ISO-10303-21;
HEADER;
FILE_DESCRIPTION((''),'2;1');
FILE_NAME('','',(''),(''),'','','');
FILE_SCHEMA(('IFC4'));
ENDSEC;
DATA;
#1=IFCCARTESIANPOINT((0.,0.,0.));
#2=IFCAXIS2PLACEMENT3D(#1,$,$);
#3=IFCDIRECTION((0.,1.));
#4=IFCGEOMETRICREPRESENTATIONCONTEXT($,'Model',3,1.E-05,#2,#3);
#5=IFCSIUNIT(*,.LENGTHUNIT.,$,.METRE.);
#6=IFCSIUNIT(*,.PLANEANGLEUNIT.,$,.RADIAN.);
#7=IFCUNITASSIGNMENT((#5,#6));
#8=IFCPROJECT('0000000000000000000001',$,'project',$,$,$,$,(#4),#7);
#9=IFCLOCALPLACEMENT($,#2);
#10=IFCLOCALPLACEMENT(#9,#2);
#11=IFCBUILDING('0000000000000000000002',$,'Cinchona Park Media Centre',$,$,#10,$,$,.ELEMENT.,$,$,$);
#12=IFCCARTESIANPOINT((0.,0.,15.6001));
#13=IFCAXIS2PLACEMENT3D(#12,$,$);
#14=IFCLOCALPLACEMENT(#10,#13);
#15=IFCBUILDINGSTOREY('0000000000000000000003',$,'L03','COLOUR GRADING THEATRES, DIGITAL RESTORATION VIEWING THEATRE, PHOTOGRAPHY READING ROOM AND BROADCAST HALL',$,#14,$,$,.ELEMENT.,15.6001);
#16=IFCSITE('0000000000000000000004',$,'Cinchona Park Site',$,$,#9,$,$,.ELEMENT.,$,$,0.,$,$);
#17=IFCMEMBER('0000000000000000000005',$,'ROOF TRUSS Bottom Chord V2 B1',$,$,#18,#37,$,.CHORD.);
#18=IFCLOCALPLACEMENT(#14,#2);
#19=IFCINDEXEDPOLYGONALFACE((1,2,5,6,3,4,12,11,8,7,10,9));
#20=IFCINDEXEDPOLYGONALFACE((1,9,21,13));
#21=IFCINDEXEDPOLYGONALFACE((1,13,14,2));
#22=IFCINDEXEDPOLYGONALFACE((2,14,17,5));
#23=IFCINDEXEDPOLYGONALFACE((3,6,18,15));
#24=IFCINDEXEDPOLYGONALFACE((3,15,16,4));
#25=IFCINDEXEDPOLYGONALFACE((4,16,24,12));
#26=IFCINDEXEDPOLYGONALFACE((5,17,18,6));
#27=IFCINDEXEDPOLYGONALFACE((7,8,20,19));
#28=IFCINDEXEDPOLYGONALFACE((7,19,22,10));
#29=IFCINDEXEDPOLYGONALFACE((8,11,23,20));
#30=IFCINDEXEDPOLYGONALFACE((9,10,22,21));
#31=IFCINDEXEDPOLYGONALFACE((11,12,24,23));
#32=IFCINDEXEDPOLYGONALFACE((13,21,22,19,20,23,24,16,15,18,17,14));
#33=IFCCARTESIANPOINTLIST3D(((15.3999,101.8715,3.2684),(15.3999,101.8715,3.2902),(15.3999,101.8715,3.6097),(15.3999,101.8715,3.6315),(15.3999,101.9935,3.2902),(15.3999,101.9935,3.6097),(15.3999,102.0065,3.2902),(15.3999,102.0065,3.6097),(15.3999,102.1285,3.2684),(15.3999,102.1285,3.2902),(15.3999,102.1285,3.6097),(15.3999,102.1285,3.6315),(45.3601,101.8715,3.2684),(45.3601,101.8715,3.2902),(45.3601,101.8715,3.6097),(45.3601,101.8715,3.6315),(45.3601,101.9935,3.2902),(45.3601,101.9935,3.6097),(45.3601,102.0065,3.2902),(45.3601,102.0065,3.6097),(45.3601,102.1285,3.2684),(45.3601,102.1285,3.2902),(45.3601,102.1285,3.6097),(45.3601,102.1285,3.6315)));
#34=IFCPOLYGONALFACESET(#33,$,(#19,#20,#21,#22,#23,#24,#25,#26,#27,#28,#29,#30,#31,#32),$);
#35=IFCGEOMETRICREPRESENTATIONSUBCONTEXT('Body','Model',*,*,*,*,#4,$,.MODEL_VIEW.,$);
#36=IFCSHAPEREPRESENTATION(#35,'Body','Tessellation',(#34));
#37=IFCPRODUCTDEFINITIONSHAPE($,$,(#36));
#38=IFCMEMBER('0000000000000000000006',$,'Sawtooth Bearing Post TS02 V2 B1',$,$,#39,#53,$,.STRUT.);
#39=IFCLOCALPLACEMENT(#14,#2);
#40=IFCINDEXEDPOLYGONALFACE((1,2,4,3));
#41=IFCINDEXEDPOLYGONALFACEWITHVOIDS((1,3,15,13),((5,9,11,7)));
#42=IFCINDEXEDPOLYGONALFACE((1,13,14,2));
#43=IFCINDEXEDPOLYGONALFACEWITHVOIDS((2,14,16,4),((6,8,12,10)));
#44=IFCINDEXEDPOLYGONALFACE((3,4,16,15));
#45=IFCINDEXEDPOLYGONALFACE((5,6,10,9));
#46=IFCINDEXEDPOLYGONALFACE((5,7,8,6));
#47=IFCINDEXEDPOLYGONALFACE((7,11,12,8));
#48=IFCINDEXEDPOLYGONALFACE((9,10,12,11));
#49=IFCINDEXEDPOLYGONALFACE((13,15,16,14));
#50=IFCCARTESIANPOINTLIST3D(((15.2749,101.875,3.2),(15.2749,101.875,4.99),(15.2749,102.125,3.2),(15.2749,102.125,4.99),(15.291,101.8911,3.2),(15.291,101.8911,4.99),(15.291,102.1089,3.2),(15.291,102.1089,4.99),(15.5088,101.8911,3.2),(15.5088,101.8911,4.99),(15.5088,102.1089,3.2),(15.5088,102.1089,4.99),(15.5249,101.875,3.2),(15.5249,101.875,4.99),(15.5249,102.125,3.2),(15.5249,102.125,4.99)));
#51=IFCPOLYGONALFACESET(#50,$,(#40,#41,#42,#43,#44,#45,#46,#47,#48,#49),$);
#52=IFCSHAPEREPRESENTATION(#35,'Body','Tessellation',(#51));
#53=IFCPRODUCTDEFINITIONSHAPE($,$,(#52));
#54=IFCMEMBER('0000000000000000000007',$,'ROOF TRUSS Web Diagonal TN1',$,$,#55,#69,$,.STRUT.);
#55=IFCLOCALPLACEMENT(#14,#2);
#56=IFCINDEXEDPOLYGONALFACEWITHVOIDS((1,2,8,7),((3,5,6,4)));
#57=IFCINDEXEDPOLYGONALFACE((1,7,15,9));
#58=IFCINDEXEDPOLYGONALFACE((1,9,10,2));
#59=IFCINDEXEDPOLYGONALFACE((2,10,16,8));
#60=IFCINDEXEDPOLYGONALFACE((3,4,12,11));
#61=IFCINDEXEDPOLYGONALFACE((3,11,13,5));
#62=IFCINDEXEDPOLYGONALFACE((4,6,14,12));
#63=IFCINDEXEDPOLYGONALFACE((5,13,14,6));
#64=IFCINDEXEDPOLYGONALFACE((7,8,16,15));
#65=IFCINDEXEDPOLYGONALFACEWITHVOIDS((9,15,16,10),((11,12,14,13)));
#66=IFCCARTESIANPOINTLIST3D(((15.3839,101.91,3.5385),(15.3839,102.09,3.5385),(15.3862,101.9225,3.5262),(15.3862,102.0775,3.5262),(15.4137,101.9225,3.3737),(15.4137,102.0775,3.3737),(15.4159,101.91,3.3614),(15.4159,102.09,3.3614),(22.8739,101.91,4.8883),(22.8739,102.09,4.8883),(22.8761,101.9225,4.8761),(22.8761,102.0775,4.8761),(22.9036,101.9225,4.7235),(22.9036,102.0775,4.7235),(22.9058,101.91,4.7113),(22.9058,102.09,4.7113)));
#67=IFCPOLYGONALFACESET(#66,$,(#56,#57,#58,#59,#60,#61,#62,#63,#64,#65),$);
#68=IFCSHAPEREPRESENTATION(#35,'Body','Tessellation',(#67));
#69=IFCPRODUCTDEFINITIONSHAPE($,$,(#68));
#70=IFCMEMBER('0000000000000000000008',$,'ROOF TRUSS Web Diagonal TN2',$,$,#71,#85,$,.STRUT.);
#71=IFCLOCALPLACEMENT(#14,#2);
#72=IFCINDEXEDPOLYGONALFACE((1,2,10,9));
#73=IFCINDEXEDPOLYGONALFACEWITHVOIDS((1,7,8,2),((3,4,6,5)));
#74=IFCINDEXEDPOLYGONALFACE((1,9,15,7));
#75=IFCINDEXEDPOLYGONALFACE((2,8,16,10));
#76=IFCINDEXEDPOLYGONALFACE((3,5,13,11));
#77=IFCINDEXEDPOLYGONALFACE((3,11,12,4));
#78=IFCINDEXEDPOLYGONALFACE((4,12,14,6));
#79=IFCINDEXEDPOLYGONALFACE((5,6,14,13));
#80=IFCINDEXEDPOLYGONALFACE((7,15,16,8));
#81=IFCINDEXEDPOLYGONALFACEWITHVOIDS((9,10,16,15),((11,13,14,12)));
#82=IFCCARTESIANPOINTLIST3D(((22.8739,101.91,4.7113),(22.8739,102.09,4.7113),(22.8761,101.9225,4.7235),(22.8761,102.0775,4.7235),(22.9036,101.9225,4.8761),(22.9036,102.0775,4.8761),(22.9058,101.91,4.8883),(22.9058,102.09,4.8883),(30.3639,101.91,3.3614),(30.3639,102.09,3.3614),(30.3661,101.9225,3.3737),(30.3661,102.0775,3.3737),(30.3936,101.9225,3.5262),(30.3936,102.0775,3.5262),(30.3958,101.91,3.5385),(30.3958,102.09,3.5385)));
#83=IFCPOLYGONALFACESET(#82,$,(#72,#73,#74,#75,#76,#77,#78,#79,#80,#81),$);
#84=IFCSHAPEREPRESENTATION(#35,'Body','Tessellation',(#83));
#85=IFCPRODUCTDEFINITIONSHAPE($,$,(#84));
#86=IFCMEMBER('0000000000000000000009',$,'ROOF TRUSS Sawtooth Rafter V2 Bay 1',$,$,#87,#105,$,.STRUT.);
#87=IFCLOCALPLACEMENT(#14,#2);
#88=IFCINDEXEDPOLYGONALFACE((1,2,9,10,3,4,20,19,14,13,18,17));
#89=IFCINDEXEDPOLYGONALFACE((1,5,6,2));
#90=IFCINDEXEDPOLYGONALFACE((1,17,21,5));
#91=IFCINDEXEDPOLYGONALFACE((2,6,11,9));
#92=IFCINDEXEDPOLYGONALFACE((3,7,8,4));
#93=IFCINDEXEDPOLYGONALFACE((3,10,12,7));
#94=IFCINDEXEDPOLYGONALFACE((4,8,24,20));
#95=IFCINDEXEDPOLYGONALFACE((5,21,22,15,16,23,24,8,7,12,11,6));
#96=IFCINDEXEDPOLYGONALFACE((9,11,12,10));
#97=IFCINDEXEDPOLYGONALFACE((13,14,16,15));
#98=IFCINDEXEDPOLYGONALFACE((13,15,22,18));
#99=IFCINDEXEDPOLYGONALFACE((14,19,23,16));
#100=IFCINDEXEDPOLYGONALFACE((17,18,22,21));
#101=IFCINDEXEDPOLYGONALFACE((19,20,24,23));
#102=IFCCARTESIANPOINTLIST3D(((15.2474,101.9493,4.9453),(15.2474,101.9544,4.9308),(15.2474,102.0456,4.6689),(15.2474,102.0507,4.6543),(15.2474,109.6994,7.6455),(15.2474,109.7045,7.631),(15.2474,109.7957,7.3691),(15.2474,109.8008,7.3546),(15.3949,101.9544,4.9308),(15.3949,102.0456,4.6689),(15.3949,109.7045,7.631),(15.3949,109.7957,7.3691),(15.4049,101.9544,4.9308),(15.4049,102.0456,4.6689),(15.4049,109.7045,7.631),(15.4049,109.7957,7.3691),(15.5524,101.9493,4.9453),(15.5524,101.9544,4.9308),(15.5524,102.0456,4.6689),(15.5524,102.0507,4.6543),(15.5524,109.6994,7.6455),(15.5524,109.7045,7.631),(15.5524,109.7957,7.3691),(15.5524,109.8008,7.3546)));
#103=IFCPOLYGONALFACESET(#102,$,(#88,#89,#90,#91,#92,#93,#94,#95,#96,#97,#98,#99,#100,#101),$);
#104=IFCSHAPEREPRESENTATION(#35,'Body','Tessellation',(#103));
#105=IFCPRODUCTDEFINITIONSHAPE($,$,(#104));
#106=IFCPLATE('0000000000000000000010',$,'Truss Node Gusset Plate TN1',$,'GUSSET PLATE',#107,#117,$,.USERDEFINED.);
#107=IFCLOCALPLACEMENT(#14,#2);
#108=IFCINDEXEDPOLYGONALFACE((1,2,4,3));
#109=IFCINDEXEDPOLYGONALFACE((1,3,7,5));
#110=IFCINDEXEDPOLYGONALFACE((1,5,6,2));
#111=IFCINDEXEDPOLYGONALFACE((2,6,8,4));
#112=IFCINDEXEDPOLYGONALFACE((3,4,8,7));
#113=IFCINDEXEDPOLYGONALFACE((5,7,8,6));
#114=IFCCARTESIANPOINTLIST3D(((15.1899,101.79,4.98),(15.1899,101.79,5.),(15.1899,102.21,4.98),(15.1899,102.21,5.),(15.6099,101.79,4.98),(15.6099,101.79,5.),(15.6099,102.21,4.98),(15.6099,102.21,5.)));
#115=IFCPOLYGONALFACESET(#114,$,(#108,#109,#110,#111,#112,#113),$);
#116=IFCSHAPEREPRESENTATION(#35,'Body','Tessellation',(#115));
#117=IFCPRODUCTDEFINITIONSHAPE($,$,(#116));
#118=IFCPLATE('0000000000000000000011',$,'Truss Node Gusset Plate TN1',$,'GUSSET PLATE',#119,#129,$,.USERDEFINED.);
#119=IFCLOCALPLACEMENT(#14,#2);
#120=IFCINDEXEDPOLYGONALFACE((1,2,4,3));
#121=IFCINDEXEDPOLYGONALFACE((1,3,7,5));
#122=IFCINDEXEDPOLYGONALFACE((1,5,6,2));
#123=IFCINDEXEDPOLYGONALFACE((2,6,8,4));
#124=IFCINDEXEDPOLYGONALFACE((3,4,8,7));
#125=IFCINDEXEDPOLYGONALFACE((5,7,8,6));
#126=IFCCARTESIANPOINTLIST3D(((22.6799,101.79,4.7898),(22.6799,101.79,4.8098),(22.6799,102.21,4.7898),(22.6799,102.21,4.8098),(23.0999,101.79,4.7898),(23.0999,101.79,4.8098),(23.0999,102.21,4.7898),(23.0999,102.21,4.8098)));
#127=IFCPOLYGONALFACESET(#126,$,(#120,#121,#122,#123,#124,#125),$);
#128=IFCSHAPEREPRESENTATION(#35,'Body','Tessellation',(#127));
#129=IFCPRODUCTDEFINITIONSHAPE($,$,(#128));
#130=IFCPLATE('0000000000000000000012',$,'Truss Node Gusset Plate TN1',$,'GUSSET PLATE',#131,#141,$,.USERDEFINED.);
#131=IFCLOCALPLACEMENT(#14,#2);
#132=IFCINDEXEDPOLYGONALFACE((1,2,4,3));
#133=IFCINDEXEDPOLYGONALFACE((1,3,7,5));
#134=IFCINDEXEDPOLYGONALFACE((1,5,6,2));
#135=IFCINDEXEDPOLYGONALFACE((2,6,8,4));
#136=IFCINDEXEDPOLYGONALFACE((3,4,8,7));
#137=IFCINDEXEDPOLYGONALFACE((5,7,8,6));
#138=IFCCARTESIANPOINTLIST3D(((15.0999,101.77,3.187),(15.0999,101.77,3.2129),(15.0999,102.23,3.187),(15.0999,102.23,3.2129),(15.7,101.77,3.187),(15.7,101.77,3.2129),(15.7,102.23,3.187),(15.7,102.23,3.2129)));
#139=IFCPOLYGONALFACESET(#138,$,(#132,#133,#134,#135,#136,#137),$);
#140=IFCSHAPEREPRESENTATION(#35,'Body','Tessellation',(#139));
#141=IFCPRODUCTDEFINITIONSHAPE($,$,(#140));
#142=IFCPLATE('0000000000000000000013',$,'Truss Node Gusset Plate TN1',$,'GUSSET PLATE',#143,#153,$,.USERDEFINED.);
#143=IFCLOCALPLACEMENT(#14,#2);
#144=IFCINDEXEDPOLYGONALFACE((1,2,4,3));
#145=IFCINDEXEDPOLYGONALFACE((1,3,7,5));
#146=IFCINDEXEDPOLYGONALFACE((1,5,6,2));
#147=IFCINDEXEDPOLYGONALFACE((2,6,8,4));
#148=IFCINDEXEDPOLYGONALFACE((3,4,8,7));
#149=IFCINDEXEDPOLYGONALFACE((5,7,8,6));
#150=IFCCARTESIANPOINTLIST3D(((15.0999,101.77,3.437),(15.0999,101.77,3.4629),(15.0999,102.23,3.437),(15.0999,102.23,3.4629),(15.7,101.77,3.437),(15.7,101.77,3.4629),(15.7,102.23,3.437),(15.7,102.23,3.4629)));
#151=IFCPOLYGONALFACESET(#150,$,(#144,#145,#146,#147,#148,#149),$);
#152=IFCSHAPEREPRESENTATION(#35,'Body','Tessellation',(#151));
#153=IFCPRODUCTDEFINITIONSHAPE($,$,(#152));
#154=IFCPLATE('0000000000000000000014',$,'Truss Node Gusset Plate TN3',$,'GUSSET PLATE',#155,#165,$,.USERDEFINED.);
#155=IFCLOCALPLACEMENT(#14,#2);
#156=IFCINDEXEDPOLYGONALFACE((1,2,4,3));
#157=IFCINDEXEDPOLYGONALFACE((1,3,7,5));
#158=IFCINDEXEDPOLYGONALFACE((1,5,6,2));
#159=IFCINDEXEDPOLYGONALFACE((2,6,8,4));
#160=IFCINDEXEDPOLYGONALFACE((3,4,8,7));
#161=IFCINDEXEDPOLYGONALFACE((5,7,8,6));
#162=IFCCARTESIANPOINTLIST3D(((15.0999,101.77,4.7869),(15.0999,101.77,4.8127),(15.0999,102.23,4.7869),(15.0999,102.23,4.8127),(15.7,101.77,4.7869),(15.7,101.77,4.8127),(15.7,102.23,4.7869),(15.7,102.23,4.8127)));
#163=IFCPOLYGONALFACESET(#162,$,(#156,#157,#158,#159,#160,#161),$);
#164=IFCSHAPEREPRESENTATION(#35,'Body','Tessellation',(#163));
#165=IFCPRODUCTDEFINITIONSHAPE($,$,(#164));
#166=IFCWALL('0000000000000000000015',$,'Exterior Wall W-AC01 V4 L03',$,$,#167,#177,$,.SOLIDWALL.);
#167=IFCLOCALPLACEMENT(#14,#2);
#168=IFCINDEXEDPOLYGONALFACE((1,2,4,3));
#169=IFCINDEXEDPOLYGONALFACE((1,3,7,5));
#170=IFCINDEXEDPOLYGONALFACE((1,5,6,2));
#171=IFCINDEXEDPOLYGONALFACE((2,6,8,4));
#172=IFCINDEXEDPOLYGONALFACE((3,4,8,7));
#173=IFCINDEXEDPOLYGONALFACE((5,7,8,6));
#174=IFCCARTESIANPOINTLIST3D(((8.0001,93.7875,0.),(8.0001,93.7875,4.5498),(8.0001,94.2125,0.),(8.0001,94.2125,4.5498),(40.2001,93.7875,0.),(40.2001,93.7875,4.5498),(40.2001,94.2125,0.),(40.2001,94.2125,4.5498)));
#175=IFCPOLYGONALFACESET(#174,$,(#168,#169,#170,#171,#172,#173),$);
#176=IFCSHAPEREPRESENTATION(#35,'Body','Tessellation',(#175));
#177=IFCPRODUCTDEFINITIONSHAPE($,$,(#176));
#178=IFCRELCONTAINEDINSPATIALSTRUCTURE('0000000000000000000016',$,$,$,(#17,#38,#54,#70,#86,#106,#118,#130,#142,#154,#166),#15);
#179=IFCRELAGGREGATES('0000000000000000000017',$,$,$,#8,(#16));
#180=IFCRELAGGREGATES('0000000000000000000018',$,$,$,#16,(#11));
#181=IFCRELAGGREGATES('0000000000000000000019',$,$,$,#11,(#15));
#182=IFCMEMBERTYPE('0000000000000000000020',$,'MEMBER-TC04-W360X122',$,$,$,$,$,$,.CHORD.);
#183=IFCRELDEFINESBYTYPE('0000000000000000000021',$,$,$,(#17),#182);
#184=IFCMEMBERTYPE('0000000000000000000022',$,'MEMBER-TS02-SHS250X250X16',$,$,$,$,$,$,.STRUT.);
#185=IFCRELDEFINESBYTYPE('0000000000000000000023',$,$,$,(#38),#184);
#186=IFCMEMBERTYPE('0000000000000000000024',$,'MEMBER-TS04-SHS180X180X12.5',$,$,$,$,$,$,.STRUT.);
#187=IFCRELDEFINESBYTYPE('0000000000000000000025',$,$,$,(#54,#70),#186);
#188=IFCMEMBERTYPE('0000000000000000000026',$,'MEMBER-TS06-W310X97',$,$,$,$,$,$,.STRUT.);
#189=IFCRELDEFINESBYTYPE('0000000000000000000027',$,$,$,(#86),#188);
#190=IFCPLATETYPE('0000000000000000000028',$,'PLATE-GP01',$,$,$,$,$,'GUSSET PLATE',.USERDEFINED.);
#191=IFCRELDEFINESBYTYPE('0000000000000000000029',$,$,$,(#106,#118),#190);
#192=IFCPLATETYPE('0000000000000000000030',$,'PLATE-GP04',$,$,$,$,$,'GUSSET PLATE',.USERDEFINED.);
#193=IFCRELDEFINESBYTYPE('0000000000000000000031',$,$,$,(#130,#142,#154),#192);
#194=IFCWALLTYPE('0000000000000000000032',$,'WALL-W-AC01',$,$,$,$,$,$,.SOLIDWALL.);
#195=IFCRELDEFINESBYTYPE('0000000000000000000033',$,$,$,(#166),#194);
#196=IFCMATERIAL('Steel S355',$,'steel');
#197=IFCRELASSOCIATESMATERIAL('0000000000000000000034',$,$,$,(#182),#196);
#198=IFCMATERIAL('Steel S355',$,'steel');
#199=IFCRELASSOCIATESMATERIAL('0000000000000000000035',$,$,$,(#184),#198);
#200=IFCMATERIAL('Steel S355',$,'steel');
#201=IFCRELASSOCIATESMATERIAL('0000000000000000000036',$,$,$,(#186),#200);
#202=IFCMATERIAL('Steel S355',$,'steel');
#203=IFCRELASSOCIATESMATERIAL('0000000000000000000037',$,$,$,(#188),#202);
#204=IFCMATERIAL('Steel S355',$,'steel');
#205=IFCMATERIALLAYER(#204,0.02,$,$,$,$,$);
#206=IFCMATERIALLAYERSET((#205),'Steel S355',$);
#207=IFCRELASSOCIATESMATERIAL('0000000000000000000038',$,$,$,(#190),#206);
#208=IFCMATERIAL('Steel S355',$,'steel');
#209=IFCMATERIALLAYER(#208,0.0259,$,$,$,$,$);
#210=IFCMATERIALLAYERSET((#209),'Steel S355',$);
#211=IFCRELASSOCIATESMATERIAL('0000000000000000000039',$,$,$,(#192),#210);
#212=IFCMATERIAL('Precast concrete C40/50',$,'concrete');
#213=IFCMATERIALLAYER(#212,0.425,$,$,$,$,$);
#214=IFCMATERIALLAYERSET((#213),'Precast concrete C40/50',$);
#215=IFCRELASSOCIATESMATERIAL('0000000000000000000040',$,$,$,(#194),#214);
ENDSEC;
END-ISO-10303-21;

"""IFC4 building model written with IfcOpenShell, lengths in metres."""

from ifc_helpers import new_model, si_unit, direction, frame, frame_2d, origin, origin_2d, place, context, subcontext, project, spatial, rectangle, hollow_rectangle, i_section, extrude, material, layer, layer_set, material_profile, profile_set, type_object, element, save


model = new_model("IFC4")

# Units and contexts
model_context = context("Model", 3, precision=1e-05, world=origin(), true_north=direction((0.0, 1.0)))
body_context = subcontext(model_context, "Body", "Model", "MODEL_VIEW")
ifc_project = project(units=[si_unit("LENGTHUNIT", "METRE"), si_unit("PLANEANGLEUNIT", "RADIAN")], contexts=[model_context])

# Site, building, storey
site_placement = place(None, origin())
site = spatial("IfcSite", under=ifc_project, at=site_placement, Name="Cinchona Park Site", CompositionType="ELEMENT", RefElevation=0.0)
building_placement = place(site_placement, origin())
building = spatial("IfcBuilding", under=site, at=building_placement, Name="Cinchona Park Media Centre", CompositionType="ELEMENT")
storey_placement = place(building_placement, frame((0.0, 0.0, 15.6001)))
storey = spatial("IfcBuildingStorey", under=building, at=storey_placement, Name="L03", Description="COLOUR GRADING THEATRES, DIGITAL RESTORATION VIEWING THEATRE, PHOTOGRAPHY READING ROOM AND BROADCAST HALL", CompositionType="ELEMENT", Elevation=15.6001)

# Members
ifc_material_1 = material(Name="Steel S355", Category="steel")
ifc_material_profile_1 = material_profile(ifc_material_1, i_section(OverallWidth=0.2571, OverallDepth=0.363, WebThickness=0.0129, FlangeThickness=0.0217, at=origin_2d()), Name="W360X122")
ifc_profile_set_1 = profile_set([ifc_material_profile_1], Name="Steel S355")
member_type_1 = type_object("IfcMemberType", Name="MEMBER-TC04-W360X122", PredefinedType="CHORD", material=ifc_profile_set_1)
member_1_placement = place(storey_placement, frame((15.3999, 102.0, 3.45), z_axis=(1.0, 0.0, 0.0), x_axis=(0.0, 1.0, 0.0)))
element("IfcMember", 1, at=member_1_placement, inside=storey, type_object=member_type_1, Name="ROOF TRUSS Bottom Chord V2 B1", PredefinedType="CHORD", context=body_context, shape_type="SweptSolid", body=[
    extrude(i_section(OverallWidth=0.2571, OverallDepth=0.363, WebThickness=0.0129, FlangeThickness=0.0217, at=origin_2d()), origin(), (0.0, 0.0, 1.0), 29.9602),
])
ifc_material_2 = material(Name="Steel S355", Category="steel")
ifc_material_profile_2 = material_profile(ifc_material_2, hollow_rectangle(XDim=0.25, YDim=0.25, WallThickness=0.0161, at=origin_2d()), Name="250X250X16SHS")
ifc_profile_set_2 = profile_set([ifc_material_profile_2], Name="Steel S355")
member_type_2 = type_object("IfcMemberType", Name="MEMBER-TS02-SHS250X250X16", PredefinedType="STRUT", material=ifc_profile_set_2)
member_2_placement = place(storey_placement, frame((15.3999, 102.0, 3.2), z_axis=(0.0, 0.0, 1.0), x_axis=(1.0, 0.0, 0.0)))
element("IfcMember", 2, at=member_2_placement, inside=storey, type_object=member_type_2, Name="Sawtooth Bearing Post TS02 V2 B1", PredefinedType="STRUT", context=body_context, shape_type="SweptSolid", body=[
    extrude(hollow_rectangle(XDim=0.25, YDim=0.25, WallThickness=0.0161, at=origin_2d()), origin(), (0.0, 0.0, 1.0), 1.79),
])
ifc_material_3 = material(Name="Steel S355", Category="steel")
ifc_material_profile_3 = material_profile(ifc_material_3, hollow_rectangle(XDim=0.1799, YDim=0.1799, WallThickness=0.0125, at=origin_2d()), Name="180X180X12.5SHS")
ifc_profile_set_3 = profile_set([ifc_material_profile_3], Name="Steel S355")
member_type_3 = type_object("IfcMemberType", Name="MEMBER-TS04-SHS180X180X12.5", PredefinedType="STRUT", material=ifc_profile_set_3)
for number, where, z_axis, x_axis, name in (
    (3, (15.3999, 102.0, 3.45), (0.984145, 0.0, 0.177364), (0.0, 1.0, 0.0), "ROOF TRUSS Web Diagonal TN1"),
    (4, (22.8899, 102.0, 4.7998), (0.984145, 0.0, -0.177364), (0.0, 1.0, 0.0), "ROOF TRUSS Web Diagonal TN2"),
):
    element("IfcMember", number, at=place(storey_placement, frame(where, z_axis=z_axis, x_axis=x_axis)), inside=storey, type_object=member_type_3, Name=name, PredefinedType="STRUT", context=body_context, shape_type="SweptSolid", body=[
        extrude(hollow_rectangle(XDim=0.1799, YDim=0.1799, WallThickness=0.0125, at=origin_2d()), origin(), (0.0, 0.0, 1.0), 7.6106),
    ])
ifc_material_4 = material(Name="Steel S355", Category="steel")
ifc_material_profile_4 = material_profile(ifc_material_4, i_section(OverallWidth=0.3049, OverallDepth=0.3081, WebThickness=0.01, FlangeThickness=0.0154, at=origin_2d()), Name="W310X97")
ifc_profile_set_4 = profile_set([ifc_material_profile_4], Name="Steel S355")
member_type_4 = type_object("IfcMemberType", Name="MEMBER-TS06-W310X97", PredefinedType="STRUT", material=ifc_profile_set_4)
member_3_placement = place(storey_placement, frame((15.3999, 102.0, 4.7998), z_axis=(0.0, 0.944325, 0.329014), x_axis=(-1.0, 0.0, 0.0)))
element("IfcMember", 5, at=member_3_placement, inside=storey, type_object=member_type_4, Name="ROOF TRUSS Sawtooth Rafter V2 Bay 1", PredefinedType="STRUT", context=body_context, shape_type="SweptSolid", body=[
    extrude(i_section(OverallWidth=0.3049, OverallDepth=0.3081, WebThickness=0.01, FlangeThickness=0.0154, at=origin_2d()), origin(), (0.0, 0.0, 1.0), 8.207),
])

# Plates
ifc_material_5 = material(Name="Steel S355", Category="steel")
ifc_layer_1 = layer(ifc_material_5, 0.02)
ifc_layer_set_1 = layer_set([ifc_layer_1], Name="Steel S355")
plate_type_1 = type_object("IfcPlateType", Name="PLATE-GP01", ElementType="GUSSET PLATE", PredefinedType="USERDEFINED", material=ifc_layer_set_1)
for number, where, z_axis, x_axis, name in (
    (6, (15.3999, 102.0, 4.98), (0.0, 0.0, 1.0), (1.0, 0.0, 0.0), "Truss Node Gusset Plate TN1"),
    (7, (22.8899, 102.0, 4.7898), (0.0, 0.0, 1.0), (1.0, 0.0, 0.0), "Truss Node Gusset Plate TN1"),
):
    element("IfcPlate", number, at=place(storey_placement, frame(where, z_axis=z_axis, x_axis=x_axis)), inside=storey, type_object=plate_type_1, Name=name, ObjectType="GUSSET PLATE", PredefinedType="USERDEFINED", context=body_context, shape_type="SweptSolid", body=[
        extrude(rectangle(XDim=0.4199, YDim=0.4199, at=origin_2d()), origin(), (0.0, 0.0, 1.0), 0.02),
    ])
ifc_material_6 = material(Name="Steel S355", Category="steel")
ifc_layer_2 = layer(ifc_material_6, 0.0259)
ifc_layer_set_2 = layer_set([ifc_layer_2], Name="Steel S355")
plate_type_2 = type_object("IfcPlateType", Name="PLATE-GP04", ElementType="GUSSET PLATE", PredefinedType="USERDEFINED", material=ifc_layer_set_2)
for number, where, z_axis, x_axis, name in (
    (8, (15.3999, 102.0, 3.187), (0.0, 0.0, 1.0), (1.0, 0.0, 0.0), "Truss Node Gusset Plate TN1"),
    (9, (15.3999, 102.0, 3.437), (0.0, 0.0, 1.0), (1.0, 0.0, 0.0), "Truss Node Gusset Plate TN1"),
    (10, (15.3999, 102.0, 4.7869), (0.0, 0.0, 1.0), (1.0, 0.0, 0.0), "Truss Node Gusset Plate TN3"),
):
    element("IfcPlate", number, at=place(storey_placement, frame(where, z_axis=z_axis, x_axis=x_axis)), inside=storey, type_object=plate_type_2, Name=name, ObjectType="GUSSET PLATE", PredefinedType="USERDEFINED", context=body_context, shape_type="SweptSolid", body=[
        extrude(rectangle(XDim=0.6001, YDim=0.46, at=origin_2d()), origin(), (0.0, 0.0, 1.0), 0.0259),
    ])

# Wall
ifc_material_7 = material(Name="Precast concrete C40/50", Category="concrete")
ifc_layer_3 = layer(ifc_material_7, 0.425)
ifc_layer_set_3 = layer_set([ifc_layer_3], Name="Precast concrete C40/50")
wall_type = type_object("IfcWallType", Name="WALL-W-AC01", PredefinedType="SOLIDWALL", material=ifc_layer_set_3)
wall_placement = place(storey_placement, frame((8.0, 94.0, 0.0), z_axis=(0.0, 0.0, 1.0), x_axis=(1.0, 0.0, 0.0)))
element("IfcWall", 11, at=wall_placement, inside=storey, type_object=wall_type, Name="Exterior Wall W-AC01 V4 L03", PredefinedType="SOLIDWALL", context=body_context, shape_type="SweptSolid", body=[
    extrude(rectangle(XDim=32.2, YDim=0.425, at=frame_2d((16.1001, 0.0))), origin(), (0.0, 0.0, 1.0), 4.5498),
])

save(model, "model.ifc")
